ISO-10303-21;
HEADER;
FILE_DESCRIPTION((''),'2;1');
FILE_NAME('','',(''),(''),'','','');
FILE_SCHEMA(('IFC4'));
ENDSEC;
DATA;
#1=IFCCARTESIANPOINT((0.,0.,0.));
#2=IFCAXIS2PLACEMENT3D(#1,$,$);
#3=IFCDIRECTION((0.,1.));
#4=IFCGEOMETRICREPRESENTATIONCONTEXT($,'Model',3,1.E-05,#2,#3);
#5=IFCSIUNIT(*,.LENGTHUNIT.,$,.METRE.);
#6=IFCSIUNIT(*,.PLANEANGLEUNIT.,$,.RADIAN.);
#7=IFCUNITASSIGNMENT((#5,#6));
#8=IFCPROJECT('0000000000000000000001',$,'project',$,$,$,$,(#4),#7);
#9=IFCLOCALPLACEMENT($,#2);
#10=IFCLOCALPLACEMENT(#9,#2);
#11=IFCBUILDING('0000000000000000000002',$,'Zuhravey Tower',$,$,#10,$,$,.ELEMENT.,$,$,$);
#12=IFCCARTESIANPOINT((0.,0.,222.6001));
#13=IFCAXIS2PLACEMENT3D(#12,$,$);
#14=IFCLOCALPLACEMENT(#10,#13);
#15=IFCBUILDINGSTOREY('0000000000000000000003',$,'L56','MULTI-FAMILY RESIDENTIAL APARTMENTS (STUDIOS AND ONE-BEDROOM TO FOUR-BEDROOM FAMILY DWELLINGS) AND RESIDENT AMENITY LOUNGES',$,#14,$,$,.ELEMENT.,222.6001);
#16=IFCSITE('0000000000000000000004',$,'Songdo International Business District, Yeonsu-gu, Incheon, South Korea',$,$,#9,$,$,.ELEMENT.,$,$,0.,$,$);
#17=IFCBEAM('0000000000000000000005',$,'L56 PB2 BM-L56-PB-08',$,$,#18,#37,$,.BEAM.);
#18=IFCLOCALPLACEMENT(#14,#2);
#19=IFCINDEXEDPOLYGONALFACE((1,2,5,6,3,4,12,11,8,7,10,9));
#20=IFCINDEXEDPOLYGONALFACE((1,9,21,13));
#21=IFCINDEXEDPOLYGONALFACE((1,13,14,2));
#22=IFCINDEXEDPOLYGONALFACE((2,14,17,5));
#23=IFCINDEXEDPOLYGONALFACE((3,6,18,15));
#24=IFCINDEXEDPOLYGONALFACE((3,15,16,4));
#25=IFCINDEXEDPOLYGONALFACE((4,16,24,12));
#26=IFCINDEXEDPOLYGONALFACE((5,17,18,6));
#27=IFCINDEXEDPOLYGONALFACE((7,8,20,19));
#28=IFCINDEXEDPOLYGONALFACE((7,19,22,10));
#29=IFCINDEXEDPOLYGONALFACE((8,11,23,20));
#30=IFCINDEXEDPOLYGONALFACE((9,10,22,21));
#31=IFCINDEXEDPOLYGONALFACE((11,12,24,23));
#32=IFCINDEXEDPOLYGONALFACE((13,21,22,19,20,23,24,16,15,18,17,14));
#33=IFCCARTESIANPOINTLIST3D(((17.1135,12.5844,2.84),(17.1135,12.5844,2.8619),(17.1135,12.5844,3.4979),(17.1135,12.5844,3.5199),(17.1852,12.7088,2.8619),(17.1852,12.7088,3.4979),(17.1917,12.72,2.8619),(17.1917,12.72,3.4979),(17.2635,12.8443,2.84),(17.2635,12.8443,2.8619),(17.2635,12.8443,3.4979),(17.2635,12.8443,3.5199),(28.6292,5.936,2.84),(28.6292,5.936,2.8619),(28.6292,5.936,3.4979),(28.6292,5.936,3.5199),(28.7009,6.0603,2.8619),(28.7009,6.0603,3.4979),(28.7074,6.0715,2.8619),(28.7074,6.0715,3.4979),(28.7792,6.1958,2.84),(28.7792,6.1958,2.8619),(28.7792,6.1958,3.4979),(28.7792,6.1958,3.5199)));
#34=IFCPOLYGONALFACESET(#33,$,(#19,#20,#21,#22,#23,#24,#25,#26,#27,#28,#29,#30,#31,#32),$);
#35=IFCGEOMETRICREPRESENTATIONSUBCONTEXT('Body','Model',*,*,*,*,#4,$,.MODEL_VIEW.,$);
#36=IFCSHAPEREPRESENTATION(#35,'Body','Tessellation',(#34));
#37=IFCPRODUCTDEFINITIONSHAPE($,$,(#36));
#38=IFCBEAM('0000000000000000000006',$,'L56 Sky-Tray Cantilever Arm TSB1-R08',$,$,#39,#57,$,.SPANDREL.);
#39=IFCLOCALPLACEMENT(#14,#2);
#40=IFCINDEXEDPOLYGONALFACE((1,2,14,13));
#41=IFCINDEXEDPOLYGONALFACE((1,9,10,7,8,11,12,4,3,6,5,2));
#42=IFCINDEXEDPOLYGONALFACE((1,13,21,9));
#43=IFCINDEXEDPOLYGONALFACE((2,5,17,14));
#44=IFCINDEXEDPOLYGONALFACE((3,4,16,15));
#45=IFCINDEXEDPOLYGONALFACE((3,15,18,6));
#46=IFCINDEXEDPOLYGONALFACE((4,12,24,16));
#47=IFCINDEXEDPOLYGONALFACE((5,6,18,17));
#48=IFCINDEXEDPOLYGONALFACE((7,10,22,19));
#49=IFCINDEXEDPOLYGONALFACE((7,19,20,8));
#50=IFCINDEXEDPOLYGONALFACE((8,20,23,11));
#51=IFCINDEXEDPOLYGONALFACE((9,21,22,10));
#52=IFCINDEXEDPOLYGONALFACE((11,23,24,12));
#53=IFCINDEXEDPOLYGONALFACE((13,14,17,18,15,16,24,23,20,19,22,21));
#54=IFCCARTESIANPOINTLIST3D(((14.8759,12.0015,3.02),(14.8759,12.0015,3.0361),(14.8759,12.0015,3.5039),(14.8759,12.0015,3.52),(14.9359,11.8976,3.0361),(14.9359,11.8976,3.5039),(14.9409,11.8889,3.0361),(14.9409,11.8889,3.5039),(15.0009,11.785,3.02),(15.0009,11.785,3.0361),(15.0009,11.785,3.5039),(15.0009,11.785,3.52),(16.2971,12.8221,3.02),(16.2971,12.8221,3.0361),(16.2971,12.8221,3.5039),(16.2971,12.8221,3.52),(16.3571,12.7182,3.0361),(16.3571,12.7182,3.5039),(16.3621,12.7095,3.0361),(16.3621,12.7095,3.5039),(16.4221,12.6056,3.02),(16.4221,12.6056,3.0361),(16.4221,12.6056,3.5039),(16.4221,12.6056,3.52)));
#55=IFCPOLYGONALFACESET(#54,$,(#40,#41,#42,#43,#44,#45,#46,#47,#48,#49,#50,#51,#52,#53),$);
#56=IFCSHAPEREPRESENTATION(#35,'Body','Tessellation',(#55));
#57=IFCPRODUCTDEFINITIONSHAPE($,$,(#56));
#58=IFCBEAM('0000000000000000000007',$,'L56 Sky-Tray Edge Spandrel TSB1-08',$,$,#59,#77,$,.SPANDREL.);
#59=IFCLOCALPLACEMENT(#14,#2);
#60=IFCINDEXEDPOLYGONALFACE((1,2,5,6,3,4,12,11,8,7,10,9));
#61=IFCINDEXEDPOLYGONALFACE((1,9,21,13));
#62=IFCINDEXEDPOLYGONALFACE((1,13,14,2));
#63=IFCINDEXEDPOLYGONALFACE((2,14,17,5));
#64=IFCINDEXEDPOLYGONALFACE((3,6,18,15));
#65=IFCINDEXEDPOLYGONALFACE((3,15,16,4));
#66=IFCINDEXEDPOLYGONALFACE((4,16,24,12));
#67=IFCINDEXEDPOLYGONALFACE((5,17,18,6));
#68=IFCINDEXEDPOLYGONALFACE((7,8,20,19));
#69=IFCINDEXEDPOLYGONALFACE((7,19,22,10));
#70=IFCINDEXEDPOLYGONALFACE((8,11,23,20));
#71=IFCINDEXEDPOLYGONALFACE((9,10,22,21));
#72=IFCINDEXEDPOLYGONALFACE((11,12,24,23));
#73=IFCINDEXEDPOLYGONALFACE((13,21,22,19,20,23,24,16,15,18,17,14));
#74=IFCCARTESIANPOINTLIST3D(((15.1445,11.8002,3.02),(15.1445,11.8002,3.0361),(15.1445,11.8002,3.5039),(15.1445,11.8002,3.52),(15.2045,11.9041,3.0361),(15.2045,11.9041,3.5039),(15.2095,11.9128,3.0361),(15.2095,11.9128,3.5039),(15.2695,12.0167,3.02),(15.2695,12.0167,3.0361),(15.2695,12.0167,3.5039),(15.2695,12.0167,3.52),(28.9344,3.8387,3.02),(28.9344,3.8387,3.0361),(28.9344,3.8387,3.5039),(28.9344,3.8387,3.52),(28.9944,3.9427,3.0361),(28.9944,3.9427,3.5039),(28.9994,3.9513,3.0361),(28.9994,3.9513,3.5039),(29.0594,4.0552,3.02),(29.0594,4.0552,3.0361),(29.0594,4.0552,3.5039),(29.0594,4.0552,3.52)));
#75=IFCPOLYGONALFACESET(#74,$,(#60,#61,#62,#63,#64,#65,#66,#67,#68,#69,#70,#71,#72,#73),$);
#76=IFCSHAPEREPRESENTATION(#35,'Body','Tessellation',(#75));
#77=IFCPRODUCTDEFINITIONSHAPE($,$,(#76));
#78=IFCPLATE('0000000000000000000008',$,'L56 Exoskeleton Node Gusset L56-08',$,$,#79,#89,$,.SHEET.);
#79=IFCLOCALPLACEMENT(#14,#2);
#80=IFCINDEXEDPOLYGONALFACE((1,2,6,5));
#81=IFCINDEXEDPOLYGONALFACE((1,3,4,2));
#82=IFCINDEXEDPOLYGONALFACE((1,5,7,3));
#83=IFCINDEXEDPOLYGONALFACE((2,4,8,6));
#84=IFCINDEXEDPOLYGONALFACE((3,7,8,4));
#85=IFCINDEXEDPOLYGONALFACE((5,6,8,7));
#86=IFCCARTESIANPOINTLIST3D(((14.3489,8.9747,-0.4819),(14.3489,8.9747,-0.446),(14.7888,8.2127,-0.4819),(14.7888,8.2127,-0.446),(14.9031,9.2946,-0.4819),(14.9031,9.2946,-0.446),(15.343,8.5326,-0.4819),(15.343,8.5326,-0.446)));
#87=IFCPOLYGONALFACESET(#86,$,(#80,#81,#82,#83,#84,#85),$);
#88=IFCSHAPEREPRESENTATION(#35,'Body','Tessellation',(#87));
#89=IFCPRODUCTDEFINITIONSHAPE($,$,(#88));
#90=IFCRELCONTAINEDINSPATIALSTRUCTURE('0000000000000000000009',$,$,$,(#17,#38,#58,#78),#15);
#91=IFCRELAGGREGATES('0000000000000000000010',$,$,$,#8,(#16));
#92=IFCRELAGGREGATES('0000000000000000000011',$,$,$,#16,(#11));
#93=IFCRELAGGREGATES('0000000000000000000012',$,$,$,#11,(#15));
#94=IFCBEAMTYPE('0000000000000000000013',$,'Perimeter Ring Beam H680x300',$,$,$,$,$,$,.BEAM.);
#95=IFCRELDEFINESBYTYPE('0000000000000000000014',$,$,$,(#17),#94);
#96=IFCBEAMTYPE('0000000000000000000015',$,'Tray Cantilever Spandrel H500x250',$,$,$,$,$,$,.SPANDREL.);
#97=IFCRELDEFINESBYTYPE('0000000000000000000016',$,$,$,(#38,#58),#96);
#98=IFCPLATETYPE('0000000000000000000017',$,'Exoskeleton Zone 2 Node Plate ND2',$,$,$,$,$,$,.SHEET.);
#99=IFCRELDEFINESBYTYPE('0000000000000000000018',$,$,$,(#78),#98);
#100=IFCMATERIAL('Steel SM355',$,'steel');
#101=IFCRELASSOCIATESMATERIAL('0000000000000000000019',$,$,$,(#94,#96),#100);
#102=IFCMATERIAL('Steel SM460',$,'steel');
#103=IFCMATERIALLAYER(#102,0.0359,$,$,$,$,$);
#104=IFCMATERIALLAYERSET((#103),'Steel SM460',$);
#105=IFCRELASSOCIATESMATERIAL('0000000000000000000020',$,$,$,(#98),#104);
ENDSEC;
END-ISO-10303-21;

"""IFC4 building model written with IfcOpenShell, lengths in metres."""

from ifc_helpers import new_model, si_unit, direction, frame, origin, origin_2d, place, context, subcontext, project, spatial, rectangle, i_section, extrude, material, layer, layer_set, material_profile, profile_set, type_object, element, save


model = new_model("IFC4")

# Units and contexts
model_context = context("Model", 3, precision=1e-05, world=origin(), true_north=direction((0.0, 1.0)))
body_context = subcontext(model_context, "Body", "Model", "MODEL_VIEW")
ifc_project = project(units=[si_unit("LENGTHUNIT", "METRE"), si_unit("PLANEANGLEUNIT", "RADIAN")], contexts=[model_context])

# Site, building, storey
site_placement = place(None, origin())
site = spatial("IfcSite", under=ifc_project, at=site_placement, Name="Songdo International Business District, Yeonsu-gu, Incheon, South Korea", CompositionType="ELEMENT", RefElevation=0.0)
building_placement = place(site_placement, origin())
building = spatial("IfcBuilding", under=site, at=building_placement, Name="Zuhravey Tower", CompositionType="ELEMENT")
storey_placement = place(building_placement, frame((0.0, 0.0, 222.6001)))
storey = spatial("IfcBuildingStorey", under=building, at=storey_placement, Name="L56", Description="MULTI-FAMILY RESIDENTIAL APARTMENTS (STUDIOS AND ONE-BEDROOM TO FOUR-BEDROOM FAMILY DWELLINGS) AND RESIDENT AMENITY LOUNGES", CompositionType="ELEMENT", Elevation=222.6001)

# Beams
ifc_material_1 = material(Name="Steel SM460", Category="steel")
ifc_material_2 = material(Name="Steel SM355", Category="steel")
ifc_material_profile_1 = material_profile(ifc_material_2, i_section(OverallWidth=0.3, OverallDepth=0.6799, WebThickness=0.0129, FlangeThickness=0.022, at=origin_2d()), Name="H-680x300x13x22")
ifc_profile_set_1 = profile_set([ifc_material_profile_1], Name="Steel SM355")
beam_type_1 = type_object("IfcBeamType", Name="Perimeter Ring Beam H680x300", PredefinedType="BEAM", material=ifc_profile_set_1)
beam_1_placement = place(storey_placement, frame((17.1885, 12.7144, 3.1799), z_axis=(0.866029, -0.499994, 0.0), x_axis=(0.499994, 0.866029, 0.0)))
element("IfcBeam", 1, at=beam_1_placement, inside=storey, type_object=beam_type_1, Name="L56 PB2 BM-L56-PB-08", PredefinedType="BEAM", context=body_context, shape_type="SweptSolid", body=[
    extrude(i_section(OverallWidth=0.3, OverallDepth=0.6799, WebThickness=0.0129, FlangeThickness=0.022, at=origin_2d()), origin(), (0.0, 0.0, 1.0), 13.2971),
])
ifc_material_profile_2 = material_profile(ifc_material_2, i_section(OverallWidth=0.25, OverallDepth=0.5, WebThickness=0.01, FlangeThickness=0.0161, at=origin_2d()), Name="H-500x250x10x16")
ifc_profile_set_2 = profile_set([ifc_material_profile_2], Name="Steel SM355")
beam_type_2 = type_object("IfcBeamType", Name="Tray Cantilever Spandrel H500x250", PredefinedType="SPANDREL", material=ifc_profile_set_2)
beam_2_placement = place(storey_placement, frame((16.3596, 12.7139, 3.27), z_axis=(-0.86601, -0.500027, 0.0), x_axis=(0.500027, -0.86601, 0.0)))
element("IfcBeam", 2, at=beam_2_placement, inside=storey, type_object=beam_type_2, Name="L56 Sky-Tray Cantilever Arm TSB1-R08", PredefinedType="SPANDREL", context=body_context, shape_type="SweptSolid", body=[
    extrude(i_section(OverallWidth=0.25, OverallDepth=0.5, WebThickness=0.01, FlangeThickness=0.0161, at=origin_2d()), origin(), (0.0, 0.0, 1.0), 1.6411),
])
beam_3_placement = place(storey_placement, frame((15.207, 11.9084, 3.27), z_axis=(0.866029, -0.499995, 0.0), x_axis=(0.499995, 0.866029, 0.0)))
element("IfcBeam", 3, at=beam_3_placement, inside=storey, type_object=beam_type_2, Name="L56 Sky-Tray Edge Spandrel TSB1-08", PredefinedType="SPANDREL", context=body_context, shape_type="SweptSolid", body=[
    extrude(i_section(OverallWidth=0.25, OverallDepth=0.5, WebThickness=0.01, FlangeThickness=0.0161, at=origin_2d()), origin(), (0.0, 0.0, 1.0), 15.9231),
])

# Plate
ifc_layer_1 = layer(ifc_material_1, 0.0359)
ifc_layer_set_1 = layer_set([ifc_layer_1], Name="Steel SM460")
plate_type_1 = type_object("IfcPlateType", Name="Exoskeleton Zone 2 Node Plate ND2", PredefinedType="SHEET", material=ifc_layer_set_1)
plate_1_placement = place(storey_placement, frame((14.8459, 8.7537, -0.4819), z_axis=(0.0, 0.0, 1.0), x_axis=(0.5, -0.866025, 0.0)))
element("IfcPlate", 4, at=plate_1_placement, inside=storey, type_object=plate_type_1, Name="L56 Exoskeleton Node Gusset L56-08", PredefinedType="SHEET", context=body_context, shape_type="SweptSolid", body=[
    extrude(rectangle(XDim=0.8799, YDim=0.6399, at=origin_2d()), origin(), (0.0, 0.0, 1.0), 0.0359),
])

save(model, "model.ifc")
